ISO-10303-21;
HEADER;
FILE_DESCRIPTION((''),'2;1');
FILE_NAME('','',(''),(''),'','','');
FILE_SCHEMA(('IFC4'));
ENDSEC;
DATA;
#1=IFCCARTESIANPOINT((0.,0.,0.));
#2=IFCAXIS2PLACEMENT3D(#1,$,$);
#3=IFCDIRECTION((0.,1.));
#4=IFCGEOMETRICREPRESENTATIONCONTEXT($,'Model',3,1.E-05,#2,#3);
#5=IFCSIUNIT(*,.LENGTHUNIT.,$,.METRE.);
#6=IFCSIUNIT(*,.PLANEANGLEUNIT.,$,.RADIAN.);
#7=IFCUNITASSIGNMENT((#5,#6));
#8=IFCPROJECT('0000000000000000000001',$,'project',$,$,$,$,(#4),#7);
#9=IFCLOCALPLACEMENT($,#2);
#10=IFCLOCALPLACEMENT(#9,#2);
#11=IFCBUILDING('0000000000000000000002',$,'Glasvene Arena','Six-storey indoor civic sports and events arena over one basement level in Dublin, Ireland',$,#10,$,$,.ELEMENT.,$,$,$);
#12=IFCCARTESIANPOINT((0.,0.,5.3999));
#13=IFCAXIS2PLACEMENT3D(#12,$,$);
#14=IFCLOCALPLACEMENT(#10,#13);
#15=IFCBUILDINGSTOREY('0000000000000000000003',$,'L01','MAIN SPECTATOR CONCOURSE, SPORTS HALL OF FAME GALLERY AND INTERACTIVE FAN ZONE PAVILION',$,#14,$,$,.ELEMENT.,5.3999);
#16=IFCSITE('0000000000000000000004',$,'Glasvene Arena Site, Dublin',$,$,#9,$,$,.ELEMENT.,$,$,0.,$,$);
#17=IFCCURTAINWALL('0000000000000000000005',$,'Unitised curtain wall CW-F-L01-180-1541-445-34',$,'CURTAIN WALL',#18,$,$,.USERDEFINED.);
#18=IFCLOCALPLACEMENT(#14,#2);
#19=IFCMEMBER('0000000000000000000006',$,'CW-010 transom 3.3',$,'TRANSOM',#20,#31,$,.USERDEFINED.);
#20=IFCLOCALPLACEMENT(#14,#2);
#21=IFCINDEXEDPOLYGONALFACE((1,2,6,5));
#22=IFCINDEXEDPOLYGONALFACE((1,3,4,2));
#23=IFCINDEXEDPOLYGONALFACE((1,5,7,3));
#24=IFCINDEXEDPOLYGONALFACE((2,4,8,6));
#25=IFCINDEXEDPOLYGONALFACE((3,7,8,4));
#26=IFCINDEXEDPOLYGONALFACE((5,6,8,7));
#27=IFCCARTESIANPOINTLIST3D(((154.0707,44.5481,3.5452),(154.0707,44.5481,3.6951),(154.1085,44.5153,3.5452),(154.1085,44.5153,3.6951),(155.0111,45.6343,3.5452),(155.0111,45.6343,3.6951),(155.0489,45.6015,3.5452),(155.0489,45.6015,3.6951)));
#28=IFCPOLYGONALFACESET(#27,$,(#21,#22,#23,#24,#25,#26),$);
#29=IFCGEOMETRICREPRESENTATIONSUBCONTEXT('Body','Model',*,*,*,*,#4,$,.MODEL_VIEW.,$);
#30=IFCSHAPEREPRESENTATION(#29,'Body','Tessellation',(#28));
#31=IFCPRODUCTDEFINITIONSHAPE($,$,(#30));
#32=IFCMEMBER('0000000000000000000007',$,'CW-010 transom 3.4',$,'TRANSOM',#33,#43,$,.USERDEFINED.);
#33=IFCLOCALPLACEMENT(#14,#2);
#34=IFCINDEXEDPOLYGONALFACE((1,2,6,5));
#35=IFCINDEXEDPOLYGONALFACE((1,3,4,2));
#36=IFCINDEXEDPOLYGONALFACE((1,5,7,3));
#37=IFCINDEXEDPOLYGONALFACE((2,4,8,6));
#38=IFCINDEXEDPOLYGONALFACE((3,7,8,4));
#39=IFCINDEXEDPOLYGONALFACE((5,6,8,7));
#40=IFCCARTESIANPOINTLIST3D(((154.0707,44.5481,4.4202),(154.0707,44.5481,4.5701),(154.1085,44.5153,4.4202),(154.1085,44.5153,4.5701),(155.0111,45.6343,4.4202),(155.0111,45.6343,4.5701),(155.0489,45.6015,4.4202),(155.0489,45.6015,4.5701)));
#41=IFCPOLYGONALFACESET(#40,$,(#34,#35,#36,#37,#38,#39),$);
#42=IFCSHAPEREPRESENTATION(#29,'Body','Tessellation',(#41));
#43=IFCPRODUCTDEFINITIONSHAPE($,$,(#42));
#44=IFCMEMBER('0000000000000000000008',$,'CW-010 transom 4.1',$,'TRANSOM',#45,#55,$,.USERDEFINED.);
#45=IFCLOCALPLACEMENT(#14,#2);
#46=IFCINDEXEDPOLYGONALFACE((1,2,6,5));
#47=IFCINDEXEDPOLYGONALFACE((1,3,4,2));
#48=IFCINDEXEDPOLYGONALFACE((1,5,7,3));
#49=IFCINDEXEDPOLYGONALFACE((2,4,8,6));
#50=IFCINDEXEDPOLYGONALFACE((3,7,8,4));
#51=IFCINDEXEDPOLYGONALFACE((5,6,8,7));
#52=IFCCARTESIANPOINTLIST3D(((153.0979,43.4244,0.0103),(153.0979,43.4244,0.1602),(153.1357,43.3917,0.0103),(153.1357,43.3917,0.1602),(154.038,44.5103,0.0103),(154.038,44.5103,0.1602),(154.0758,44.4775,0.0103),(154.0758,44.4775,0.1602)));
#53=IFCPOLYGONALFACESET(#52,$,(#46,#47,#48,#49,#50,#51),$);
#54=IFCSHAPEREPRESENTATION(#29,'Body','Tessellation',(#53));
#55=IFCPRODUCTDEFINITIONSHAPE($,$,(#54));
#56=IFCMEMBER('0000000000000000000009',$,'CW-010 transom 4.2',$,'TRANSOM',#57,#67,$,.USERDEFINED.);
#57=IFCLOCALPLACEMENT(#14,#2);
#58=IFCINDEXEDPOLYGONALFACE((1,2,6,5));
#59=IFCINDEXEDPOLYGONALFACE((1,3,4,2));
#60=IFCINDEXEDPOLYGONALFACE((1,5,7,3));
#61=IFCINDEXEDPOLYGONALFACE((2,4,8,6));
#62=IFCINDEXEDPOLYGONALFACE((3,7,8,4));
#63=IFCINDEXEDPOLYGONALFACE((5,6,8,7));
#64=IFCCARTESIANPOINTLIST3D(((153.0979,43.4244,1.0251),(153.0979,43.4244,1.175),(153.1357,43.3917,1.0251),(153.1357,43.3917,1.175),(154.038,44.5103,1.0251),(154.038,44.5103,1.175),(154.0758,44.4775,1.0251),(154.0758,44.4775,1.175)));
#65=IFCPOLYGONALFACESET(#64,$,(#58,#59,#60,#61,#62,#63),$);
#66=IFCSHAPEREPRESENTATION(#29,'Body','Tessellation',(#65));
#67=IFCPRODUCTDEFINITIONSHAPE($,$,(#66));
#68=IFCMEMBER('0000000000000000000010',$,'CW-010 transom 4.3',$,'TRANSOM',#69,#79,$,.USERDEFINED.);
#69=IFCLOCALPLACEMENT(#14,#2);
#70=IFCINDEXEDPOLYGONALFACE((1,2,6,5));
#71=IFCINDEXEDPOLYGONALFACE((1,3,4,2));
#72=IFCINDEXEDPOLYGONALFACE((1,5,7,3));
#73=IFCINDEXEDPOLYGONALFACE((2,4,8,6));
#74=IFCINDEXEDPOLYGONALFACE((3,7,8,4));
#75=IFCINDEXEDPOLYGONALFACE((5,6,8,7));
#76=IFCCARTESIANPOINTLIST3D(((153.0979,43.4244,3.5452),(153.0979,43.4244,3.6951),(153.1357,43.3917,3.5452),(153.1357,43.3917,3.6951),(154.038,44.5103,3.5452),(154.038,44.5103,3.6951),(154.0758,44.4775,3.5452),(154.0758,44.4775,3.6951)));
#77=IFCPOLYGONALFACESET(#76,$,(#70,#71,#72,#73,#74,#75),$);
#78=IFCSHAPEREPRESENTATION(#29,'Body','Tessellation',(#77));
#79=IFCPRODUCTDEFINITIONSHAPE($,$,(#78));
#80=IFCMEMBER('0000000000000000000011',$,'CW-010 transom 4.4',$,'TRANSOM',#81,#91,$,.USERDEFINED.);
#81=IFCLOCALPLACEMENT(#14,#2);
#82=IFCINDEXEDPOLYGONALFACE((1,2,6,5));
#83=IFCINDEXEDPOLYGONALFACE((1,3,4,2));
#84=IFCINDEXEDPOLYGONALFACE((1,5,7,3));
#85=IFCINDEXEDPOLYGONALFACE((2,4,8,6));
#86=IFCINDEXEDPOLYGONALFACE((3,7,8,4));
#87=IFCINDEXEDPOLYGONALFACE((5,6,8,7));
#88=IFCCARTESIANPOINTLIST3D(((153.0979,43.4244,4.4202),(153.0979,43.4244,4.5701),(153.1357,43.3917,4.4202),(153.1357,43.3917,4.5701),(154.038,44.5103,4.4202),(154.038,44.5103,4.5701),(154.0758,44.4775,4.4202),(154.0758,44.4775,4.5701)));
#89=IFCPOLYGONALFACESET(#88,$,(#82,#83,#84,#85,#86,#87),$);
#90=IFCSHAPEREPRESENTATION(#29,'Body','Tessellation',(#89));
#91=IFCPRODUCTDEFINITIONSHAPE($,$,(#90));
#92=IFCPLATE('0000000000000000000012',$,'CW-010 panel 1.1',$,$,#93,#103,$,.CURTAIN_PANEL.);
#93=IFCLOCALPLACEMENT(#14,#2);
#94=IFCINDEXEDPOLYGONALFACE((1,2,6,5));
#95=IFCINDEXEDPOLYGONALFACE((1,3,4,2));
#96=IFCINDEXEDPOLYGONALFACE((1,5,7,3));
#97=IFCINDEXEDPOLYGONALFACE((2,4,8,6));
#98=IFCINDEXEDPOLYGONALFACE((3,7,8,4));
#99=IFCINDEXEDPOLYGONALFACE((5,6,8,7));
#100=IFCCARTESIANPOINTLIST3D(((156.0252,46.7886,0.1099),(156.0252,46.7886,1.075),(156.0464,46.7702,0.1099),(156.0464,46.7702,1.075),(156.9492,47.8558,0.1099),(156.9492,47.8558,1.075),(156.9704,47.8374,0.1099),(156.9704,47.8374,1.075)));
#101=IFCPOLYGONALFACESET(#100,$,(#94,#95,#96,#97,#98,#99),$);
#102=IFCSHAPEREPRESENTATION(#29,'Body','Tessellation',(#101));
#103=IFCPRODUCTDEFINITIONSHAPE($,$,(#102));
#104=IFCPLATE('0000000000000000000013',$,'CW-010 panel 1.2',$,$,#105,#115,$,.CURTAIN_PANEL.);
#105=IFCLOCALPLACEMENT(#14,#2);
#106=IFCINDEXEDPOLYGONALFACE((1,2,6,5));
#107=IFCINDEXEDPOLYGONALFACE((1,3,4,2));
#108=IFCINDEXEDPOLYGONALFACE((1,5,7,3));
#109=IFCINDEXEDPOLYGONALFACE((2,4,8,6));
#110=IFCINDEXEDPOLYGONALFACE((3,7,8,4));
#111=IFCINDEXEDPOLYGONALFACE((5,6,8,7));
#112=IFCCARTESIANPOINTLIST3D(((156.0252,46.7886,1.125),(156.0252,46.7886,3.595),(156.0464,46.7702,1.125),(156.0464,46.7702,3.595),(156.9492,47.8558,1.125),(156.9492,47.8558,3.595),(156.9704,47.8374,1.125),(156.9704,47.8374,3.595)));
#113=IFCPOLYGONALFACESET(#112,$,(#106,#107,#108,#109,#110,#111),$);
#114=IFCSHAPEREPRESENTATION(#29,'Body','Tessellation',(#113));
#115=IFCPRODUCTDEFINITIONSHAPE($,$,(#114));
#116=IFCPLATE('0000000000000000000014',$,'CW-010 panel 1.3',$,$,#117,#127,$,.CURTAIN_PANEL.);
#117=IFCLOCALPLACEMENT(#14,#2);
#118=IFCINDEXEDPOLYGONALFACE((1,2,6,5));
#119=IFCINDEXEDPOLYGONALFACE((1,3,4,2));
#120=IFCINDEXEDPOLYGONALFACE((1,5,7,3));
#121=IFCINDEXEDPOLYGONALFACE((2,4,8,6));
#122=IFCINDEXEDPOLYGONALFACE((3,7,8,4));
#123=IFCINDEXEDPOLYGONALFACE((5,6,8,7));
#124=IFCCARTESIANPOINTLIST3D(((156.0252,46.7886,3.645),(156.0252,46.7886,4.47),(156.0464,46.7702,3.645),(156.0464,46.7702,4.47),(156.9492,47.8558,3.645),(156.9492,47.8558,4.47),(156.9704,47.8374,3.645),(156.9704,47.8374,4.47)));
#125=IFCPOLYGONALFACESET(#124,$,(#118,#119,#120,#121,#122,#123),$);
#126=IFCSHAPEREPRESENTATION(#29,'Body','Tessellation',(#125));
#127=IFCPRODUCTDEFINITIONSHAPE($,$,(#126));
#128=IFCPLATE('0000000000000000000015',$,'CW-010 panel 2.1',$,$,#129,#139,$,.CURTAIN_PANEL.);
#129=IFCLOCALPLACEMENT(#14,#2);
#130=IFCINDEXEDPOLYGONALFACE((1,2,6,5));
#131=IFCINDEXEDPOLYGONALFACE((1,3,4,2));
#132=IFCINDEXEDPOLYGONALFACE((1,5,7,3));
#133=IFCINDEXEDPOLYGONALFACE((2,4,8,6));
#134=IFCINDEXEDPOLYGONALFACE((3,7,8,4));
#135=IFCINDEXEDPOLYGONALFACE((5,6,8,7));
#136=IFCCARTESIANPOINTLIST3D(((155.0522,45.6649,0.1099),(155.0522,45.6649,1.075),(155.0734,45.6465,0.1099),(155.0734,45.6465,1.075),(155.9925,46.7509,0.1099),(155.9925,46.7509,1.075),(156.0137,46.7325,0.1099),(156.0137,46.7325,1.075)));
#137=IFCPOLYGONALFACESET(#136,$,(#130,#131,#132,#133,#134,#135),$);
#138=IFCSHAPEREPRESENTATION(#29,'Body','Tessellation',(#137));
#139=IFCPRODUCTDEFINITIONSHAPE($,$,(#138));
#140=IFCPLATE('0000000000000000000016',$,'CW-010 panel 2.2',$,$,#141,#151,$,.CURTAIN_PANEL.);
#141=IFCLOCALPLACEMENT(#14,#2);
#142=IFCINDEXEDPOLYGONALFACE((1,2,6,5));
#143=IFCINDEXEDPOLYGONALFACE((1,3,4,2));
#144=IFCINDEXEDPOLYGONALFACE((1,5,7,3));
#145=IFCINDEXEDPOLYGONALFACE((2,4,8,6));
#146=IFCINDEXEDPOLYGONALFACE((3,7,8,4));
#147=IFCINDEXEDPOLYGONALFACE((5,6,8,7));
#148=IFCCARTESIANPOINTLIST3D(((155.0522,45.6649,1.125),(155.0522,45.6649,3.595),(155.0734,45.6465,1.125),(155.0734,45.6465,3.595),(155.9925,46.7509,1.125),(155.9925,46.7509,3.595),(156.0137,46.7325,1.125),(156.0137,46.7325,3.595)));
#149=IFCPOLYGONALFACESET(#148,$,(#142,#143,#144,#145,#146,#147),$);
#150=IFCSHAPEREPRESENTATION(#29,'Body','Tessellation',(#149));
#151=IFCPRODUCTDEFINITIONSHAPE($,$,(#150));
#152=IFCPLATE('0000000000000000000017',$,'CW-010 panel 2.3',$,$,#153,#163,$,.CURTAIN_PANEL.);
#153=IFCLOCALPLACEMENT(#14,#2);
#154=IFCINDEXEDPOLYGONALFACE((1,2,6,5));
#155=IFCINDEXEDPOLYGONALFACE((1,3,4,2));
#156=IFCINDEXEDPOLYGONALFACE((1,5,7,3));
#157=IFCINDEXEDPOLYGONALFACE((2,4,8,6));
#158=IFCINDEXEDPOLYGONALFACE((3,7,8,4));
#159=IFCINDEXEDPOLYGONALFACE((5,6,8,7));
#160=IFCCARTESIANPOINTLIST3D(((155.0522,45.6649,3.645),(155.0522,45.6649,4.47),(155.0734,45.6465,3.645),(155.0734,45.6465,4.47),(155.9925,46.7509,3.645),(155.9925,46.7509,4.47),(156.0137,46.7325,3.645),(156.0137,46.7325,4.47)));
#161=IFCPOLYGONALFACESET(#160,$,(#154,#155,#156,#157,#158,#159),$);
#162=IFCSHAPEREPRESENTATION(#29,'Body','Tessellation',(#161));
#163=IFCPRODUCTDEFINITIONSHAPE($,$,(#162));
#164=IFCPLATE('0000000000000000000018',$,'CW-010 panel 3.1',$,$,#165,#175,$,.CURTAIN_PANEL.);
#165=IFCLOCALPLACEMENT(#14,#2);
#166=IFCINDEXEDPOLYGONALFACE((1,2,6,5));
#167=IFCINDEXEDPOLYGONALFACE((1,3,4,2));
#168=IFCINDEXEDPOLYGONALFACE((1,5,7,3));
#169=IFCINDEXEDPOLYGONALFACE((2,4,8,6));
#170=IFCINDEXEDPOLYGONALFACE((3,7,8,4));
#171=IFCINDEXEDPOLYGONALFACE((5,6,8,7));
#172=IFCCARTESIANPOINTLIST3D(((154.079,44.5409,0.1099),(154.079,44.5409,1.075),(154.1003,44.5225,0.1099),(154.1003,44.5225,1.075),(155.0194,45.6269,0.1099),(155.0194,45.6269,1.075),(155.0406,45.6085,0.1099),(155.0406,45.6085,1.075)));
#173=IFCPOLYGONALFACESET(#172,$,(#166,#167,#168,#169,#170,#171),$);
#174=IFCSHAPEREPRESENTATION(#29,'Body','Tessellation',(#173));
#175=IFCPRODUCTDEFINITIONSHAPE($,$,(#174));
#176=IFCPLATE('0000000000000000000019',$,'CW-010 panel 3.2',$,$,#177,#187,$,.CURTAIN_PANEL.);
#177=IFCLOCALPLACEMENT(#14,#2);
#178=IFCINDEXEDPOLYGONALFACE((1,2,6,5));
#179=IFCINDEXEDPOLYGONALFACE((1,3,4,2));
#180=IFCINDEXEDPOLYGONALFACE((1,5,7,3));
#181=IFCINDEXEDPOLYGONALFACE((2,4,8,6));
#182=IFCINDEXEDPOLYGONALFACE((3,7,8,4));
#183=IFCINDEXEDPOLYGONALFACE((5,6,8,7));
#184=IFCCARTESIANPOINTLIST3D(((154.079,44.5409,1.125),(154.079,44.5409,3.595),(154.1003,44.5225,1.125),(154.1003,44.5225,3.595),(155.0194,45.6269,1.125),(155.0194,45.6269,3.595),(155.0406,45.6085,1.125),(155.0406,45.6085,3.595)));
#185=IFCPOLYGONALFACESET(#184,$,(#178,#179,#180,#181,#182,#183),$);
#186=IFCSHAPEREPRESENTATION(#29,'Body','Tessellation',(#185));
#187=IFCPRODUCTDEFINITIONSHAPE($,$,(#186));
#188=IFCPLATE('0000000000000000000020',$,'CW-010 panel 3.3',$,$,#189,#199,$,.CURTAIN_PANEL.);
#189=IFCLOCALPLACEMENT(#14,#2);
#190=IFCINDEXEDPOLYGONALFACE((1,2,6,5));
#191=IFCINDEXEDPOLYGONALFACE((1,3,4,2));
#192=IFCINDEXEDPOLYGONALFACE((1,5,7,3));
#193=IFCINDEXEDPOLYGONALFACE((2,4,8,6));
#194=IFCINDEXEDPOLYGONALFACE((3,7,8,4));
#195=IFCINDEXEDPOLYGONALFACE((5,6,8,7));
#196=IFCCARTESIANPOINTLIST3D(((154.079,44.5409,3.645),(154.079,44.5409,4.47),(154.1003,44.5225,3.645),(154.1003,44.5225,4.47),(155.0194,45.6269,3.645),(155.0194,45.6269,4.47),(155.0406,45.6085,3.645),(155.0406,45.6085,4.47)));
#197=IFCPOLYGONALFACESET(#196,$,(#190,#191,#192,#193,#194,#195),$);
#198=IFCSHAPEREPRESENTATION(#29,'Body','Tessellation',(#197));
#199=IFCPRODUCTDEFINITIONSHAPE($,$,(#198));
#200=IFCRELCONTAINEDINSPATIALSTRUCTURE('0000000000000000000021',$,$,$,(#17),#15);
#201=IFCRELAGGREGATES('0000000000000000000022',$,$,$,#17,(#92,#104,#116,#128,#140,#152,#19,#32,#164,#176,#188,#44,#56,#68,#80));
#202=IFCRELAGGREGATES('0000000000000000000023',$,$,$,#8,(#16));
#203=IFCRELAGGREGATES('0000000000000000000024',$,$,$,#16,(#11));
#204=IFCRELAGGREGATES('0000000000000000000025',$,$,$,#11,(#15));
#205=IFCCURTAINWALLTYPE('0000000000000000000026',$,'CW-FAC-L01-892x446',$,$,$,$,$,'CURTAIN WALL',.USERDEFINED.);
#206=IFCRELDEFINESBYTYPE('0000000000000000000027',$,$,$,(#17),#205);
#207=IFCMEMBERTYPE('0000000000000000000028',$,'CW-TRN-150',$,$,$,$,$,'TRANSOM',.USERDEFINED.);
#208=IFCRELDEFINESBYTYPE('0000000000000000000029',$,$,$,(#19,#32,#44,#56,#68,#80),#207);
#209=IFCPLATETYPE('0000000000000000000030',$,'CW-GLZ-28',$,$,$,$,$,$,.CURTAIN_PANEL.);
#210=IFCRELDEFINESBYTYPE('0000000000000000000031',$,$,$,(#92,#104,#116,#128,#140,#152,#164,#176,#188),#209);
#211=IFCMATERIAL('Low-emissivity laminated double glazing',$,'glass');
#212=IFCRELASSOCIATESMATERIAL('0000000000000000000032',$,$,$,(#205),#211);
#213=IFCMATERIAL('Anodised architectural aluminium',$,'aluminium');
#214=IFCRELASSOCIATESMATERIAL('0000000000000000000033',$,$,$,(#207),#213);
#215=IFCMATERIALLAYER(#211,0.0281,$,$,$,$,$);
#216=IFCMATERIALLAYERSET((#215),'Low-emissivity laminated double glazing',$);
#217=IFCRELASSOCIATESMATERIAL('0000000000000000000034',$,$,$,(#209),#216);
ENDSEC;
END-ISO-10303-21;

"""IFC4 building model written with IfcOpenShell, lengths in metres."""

from ifc_helpers import new_model, si_unit, direction, frame, origin, origin_2d, place, context, subcontext, project, spatial, rectangle, extrude, material, layer, layer_set, material_profile, profile_set, type_object, element, aggregate, save


model = new_model("IFC4")

# Units and contexts
model_context = context("Model", 3, precision=1e-05, world=origin(), true_north=direction((0.0, 1.0)))
body_context = subcontext(model_context, "Body", "Model", "MODEL_VIEW")
ifc_project = project(units=[si_unit("LENGTHUNIT", "METRE"), si_unit("PLANEANGLEUNIT", "RADIAN")], contexts=[model_context])

# Site, building, storey
site_placement = place(None, origin())
site = spatial("IfcSite", under=ifc_project, at=site_placement, Name="Glasvene Arena Site, Dublin", CompositionType="ELEMENT", RefElevation=0.0)
building_placement = place(site_placement, origin())
building = spatial("IfcBuilding", under=site, at=building_placement, Name="Glasvene Arena", Description="Six-storey indoor civic sports and events arena over one basement level in Dublin, Ireland", CompositionType="ELEMENT")
storey_placement = place(building_placement, frame((0.0, 0.0, 5.3999)))
storey = spatial("IfcBuildingStorey", under=building, at=storey_placement, Name="L01", Description="MAIN SPECTATOR CONCOURSE, SPORTS HALL OF FAME GALLERY AND INTERACTIVE FAN ZONE PAVILION", CompositionType="ELEMENT", Elevation=5.3999)

# Curtain wall, members, plates
ifc_material_1 = material(Name="Low-emissivity laminated double glazing", Category="glass")
curtain_wall_type = type_object("IfcCurtainWallType", Name="CW-FAC-L01-892x446", ElementType="CURTAIN WALL", PredefinedType="USERDEFINED", material=ifc_material_1)
curtain_wall_placement = place(storey_placement, frame((156.9927, 47.8845, 0.0)))
curtain_wall = element("IfcCurtainWall", 1, at=curtain_wall_placement, inside=storey, type_object=curtain_wall_type, Name="Unitised curtain wall CW-F-L01-180-1541-445-34", ObjectType="CURTAIN WALL", PredefinedType="USERDEFINED")
ifc_material_2 = material(Name="Anodised architectural aluminium", Category="aluminium")
ifc_material_profile_1 = material_profile(ifc_material_2, rectangle(XDim=0.05, YDim=0.1499, at=origin_2d()), Name="ALU TRANSOM 50x150")
ifc_profile_set_1 = profile_set([ifc_material_profile_1], Name="Anodised architectural aluminium")
member_type_1 = type_object("IfcMemberType", Name="CW-TRN-150", ElementType="TRANSOM", PredefinedType="USERDEFINED", material=ifc_profile_set_1)
member_1_placement = place(storey_placement, frame((155.03, 45.6179, 3.6201), z_axis=(-0.654562, -0.756009, 0.0), x_axis=(0.756009, -0.654562, 0.0)))
member_1 = element("IfcMember", 2, at=member_1_placement, type_object=member_type_1, Name="CW-010 transom 3.3", ObjectType="TRANSOM", PredefinedType="USERDEFINED", context=body_context, shape_type="SweptSolid", body=[
    extrude(rectangle(XDim=0.05, YDim=0.1499, at=origin_2d()), origin(), (0.0, 0.0, 1.0), 1.4368),
])
member_2_placement = place(storey_placement, frame((155.03, 45.6179, 4.4951), z_axis=(-0.654562, -0.756009, 0.0), x_axis=(0.756009, -0.654562, 0.0)))
member_2 = element("IfcMember", 3, at=member_2_placement, type_object=member_type_1, Name="CW-010 transom 3.4", ObjectType="TRANSOM", PredefinedType="USERDEFINED", context=body_context, shape_type="SweptSolid", body=[
    extrude(rectangle(XDim=0.05, YDim=0.1499, at=origin_2d()), origin(), (0.0, 0.0, 1.0), 1.4368),
])
member_3_placement = place(storey_placement, frame((154.0569, 44.4939, 0.0852), z_axis=(-0.654549, -0.75602, 0.0), x_axis=(0.75602, -0.654549, 0.0)))
member_3 = element("IfcMember", 4, at=member_3_placement, type_object=member_type_1, Name="CW-010 transom 4.1", ObjectType="TRANSOM", PredefinedType="USERDEFINED", context=body_context, shape_type="SweptSolid", body=[
    extrude(rectangle(XDim=0.05, YDim=0.1499, at=origin_2d()), origin(), (0.0, 0.0, 1.0), 1.4363),
])
member_4_placement = place(storey_placement, frame((154.0569, 44.4939, 1.1001), z_axis=(-0.654549, -0.75602, 0.0), x_axis=(0.75602, -0.654549, 0.0)))
member_4 = element("IfcMember", 5, at=member_4_placement, type_object=member_type_1, Name="CW-010 transom 4.2", ObjectType="TRANSOM", PredefinedType="USERDEFINED", context=body_context, shape_type="SweptSolid", body=[
    extrude(rectangle(XDim=0.05, YDim=0.1499, at=origin_2d()), origin(), (0.0, 0.0, 1.0), 1.4363),
])
member_5_placement = place(storey_placement, frame((154.0569, 44.4939, 3.6201), z_axis=(-0.654549, -0.75602, 0.0), x_axis=(0.75602, -0.654549, 0.0)))
member_5 = element("IfcMember", 6, at=member_5_placement, type_object=member_type_1, Name="CW-010 transom 4.3", ObjectType="TRANSOM", PredefinedType="USERDEFINED", context=body_context, shape_type="SweptSolid", body=[
    extrude(rectangle(XDim=0.05, YDim=0.1499, at=origin_2d()), origin(), (0.0, 0.0, 1.0), 1.4363),
])
member_6_placement = place(storey_placement, frame((154.0569, 44.4939, 4.4951), z_axis=(-0.654549, -0.75602, 0.0), x_axis=(0.75602, -0.654549, 0.0)))
member_6 = element("IfcMember", 7, at=member_6_placement, type_object=member_type_1, Name="CW-010 transom 4.4", ObjectType="TRANSOM", PredefinedType="USERDEFINED", context=body_context, shape_type="SweptSolid", body=[
    extrude(rectangle(XDim=0.05, YDim=0.1499, at=origin_2d()), origin(), (0.0, 0.0, 1.0), 1.4363),
])
ifc_layer_1 = layer(ifc_material_1, 0.0281)
ifc_layer_set_1 = layer_set([ifc_layer_1], Name="Low-emissivity laminated double glazing")
plate_type = type_object("IfcPlateType", Name="CW-GLZ-28", PredefinedType="CURTAIN_PANEL", material=ifc_layer_set_1)
plate_1_placement = place(storey_placement, frame((156.4978, 47.313, 0.1099), z_axis=(0.0, 0.0, 1.0), x_axis=(-0.654577, -0.755995, 0.0)))
plate_1 = element("IfcPlate", 8, at=plate_1_placement, type_object=plate_type, Name="CW-010 panel 1.1", PredefinedType="CURTAIN_PANEL", context=body_context, shape_type="SweptSolid", body=[
    extrude(rectangle(XDim=1.4116, YDim=0.0281, at=origin_2d()), origin(), (0.0, 0.0, 1.0), 0.9651),
])
plate_2_placement = place(storey_placement, frame((156.4978, 47.313, 1.125), z_axis=(0.0, 0.0, 1.0), x_axis=(-0.654577, -0.755995, 0.0)))
plate_2 = element("IfcPlate", 9, at=plate_2_placement, type_object=plate_type, Name="CW-010 panel 1.2", PredefinedType="CURTAIN_PANEL", context=body_context, shape_type="SweptSolid", body=[
    extrude(rectangle(XDim=1.4116, YDim=0.0281, at=origin_2d()), origin(), (0.0, 0.0, 1.0), 2.47),
])
plate_3_placement = place(storey_placement, frame((156.4978, 47.313, 3.645), z_axis=(0.0, 0.0, 1.0), x_axis=(-0.654577, -0.755995, 0.0)))
plate_3 = element("IfcPlate", 10, at=plate_3_placement, type_object=plate_type, Name="CW-010 panel 1.3", PredefinedType="CURTAIN_PANEL", context=body_context, shape_type="SweptSolid", body=[
    extrude(rectangle(XDim=1.4116, YDim=0.0281, at=origin_2d()), origin(), (0.0, 0.0, 1.0), 0.825),
])
plate_4_placement = place(storey_placement, frame((155.533, 46.1987, 0.1099), z_axis=(0.0, 0.0, 1.0), x_axis=(-0.654577, -0.755995, 0.0)))
plate_4 = element("IfcPlate", 11, at=plate_4_placement, type_object=plate_type, Name="CW-010 panel 2.1", PredefinedType="CURTAIN_PANEL", context=body_context, shape_type="SweptSolid", body=[
    extrude(rectangle(XDim=1.4365, YDim=0.0281, at=origin_2d()), origin(), (0.0, 0.0, 1.0), 0.9651),
])
plate_5_placement = place(storey_placement, frame((155.533, 46.1987, 1.125), z_axis=(0.0, 0.0, 1.0), x_axis=(-0.654577, -0.755995, 0.0)))
plate_5 = element("IfcPlate", 12, at=plate_5_placement, type_object=plate_type, Name="CW-010 panel 2.2", PredefinedType="CURTAIN_PANEL", context=body_context, shape_type="SweptSolid", body=[
    extrude(rectangle(XDim=1.4365, YDim=0.0281, at=origin_2d()), origin(), (0.0, 0.0, 1.0), 2.47),
])
plate_6_placement = place(storey_placement, frame((155.533, 46.1987, 3.645), z_axis=(0.0, 0.0, 1.0), x_axis=(-0.654577, -0.755995, 0.0)))
plate_6 = element("IfcPlate", 13, at=plate_6_placement, type_object=plate_type, Name="CW-010 panel 2.3", PredefinedType="CURTAIN_PANEL", context=body_context, shape_type="SweptSolid", body=[
    extrude(rectangle(XDim=1.4365, YDim=0.0281, at=origin_2d()), origin(), (0.0, 0.0, 1.0), 0.825),
])
plate_7_placement = place(storey_placement, frame((154.5598, 45.0747, 0.1099), z_axis=(0.0, 0.0, 1.0), x_axis=(-0.654577, -0.755995, 0.0)))
plate_7 = element("IfcPlate", 14, at=plate_7_placement, type_object=plate_type, Name="CW-010 panel 3.1", PredefinedType="CURTAIN_PANEL", context=body_context, shape_type="SweptSolid", body=[
    extrude(rectangle(XDim=1.4365, YDim=0.0281, at=origin_2d()), origin(), (0.0, 0.0, 1.0), 0.9651),
])
plate_8_placement = place(storey_placement, frame((154.5598, 45.0747, 1.125), z_axis=(0.0, 0.0, 1.0), x_axis=(-0.654577, -0.755995, 0.0)))
plate_8 = element("IfcPlate", 15, at=plate_8_placement, type_object=plate_type, Name="CW-010 panel 3.2", PredefinedType="CURTAIN_PANEL", context=body_context, shape_type="SweptSolid", body=[
    extrude(rectangle(XDim=1.4365, YDim=0.0281, at=origin_2d()), origin(), (0.0, 0.0, 1.0), 2.47),
])
plate_9_placement = place(storey_placement, frame((154.5598, 45.0747, 3.645), z_axis=(0.0, 0.0, 1.0), x_axis=(-0.654577, -0.755995, 0.0)))
plate_9 = element("IfcPlate", 16, at=plate_9_placement, type_object=plate_type, Name="CW-010 panel 3.3", PredefinedType="CURTAIN_PANEL", context=body_context, shape_type="SweptSolid", body=[
    extrude(rectangle(XDim=1.4365, YDim=0.0281, at=origin_2d()), origin(), (0.0, 0.0, 1.0), 0.825),
])
aggregate(curtain_wall, [plate_1, plate_2, plate_3, plate_4, plate_5, plate_6, member_1, member_2, plate_7, plate_8, plate_9, member_3, member_4, member_5, member_6])

save(model, "model.ifc")
